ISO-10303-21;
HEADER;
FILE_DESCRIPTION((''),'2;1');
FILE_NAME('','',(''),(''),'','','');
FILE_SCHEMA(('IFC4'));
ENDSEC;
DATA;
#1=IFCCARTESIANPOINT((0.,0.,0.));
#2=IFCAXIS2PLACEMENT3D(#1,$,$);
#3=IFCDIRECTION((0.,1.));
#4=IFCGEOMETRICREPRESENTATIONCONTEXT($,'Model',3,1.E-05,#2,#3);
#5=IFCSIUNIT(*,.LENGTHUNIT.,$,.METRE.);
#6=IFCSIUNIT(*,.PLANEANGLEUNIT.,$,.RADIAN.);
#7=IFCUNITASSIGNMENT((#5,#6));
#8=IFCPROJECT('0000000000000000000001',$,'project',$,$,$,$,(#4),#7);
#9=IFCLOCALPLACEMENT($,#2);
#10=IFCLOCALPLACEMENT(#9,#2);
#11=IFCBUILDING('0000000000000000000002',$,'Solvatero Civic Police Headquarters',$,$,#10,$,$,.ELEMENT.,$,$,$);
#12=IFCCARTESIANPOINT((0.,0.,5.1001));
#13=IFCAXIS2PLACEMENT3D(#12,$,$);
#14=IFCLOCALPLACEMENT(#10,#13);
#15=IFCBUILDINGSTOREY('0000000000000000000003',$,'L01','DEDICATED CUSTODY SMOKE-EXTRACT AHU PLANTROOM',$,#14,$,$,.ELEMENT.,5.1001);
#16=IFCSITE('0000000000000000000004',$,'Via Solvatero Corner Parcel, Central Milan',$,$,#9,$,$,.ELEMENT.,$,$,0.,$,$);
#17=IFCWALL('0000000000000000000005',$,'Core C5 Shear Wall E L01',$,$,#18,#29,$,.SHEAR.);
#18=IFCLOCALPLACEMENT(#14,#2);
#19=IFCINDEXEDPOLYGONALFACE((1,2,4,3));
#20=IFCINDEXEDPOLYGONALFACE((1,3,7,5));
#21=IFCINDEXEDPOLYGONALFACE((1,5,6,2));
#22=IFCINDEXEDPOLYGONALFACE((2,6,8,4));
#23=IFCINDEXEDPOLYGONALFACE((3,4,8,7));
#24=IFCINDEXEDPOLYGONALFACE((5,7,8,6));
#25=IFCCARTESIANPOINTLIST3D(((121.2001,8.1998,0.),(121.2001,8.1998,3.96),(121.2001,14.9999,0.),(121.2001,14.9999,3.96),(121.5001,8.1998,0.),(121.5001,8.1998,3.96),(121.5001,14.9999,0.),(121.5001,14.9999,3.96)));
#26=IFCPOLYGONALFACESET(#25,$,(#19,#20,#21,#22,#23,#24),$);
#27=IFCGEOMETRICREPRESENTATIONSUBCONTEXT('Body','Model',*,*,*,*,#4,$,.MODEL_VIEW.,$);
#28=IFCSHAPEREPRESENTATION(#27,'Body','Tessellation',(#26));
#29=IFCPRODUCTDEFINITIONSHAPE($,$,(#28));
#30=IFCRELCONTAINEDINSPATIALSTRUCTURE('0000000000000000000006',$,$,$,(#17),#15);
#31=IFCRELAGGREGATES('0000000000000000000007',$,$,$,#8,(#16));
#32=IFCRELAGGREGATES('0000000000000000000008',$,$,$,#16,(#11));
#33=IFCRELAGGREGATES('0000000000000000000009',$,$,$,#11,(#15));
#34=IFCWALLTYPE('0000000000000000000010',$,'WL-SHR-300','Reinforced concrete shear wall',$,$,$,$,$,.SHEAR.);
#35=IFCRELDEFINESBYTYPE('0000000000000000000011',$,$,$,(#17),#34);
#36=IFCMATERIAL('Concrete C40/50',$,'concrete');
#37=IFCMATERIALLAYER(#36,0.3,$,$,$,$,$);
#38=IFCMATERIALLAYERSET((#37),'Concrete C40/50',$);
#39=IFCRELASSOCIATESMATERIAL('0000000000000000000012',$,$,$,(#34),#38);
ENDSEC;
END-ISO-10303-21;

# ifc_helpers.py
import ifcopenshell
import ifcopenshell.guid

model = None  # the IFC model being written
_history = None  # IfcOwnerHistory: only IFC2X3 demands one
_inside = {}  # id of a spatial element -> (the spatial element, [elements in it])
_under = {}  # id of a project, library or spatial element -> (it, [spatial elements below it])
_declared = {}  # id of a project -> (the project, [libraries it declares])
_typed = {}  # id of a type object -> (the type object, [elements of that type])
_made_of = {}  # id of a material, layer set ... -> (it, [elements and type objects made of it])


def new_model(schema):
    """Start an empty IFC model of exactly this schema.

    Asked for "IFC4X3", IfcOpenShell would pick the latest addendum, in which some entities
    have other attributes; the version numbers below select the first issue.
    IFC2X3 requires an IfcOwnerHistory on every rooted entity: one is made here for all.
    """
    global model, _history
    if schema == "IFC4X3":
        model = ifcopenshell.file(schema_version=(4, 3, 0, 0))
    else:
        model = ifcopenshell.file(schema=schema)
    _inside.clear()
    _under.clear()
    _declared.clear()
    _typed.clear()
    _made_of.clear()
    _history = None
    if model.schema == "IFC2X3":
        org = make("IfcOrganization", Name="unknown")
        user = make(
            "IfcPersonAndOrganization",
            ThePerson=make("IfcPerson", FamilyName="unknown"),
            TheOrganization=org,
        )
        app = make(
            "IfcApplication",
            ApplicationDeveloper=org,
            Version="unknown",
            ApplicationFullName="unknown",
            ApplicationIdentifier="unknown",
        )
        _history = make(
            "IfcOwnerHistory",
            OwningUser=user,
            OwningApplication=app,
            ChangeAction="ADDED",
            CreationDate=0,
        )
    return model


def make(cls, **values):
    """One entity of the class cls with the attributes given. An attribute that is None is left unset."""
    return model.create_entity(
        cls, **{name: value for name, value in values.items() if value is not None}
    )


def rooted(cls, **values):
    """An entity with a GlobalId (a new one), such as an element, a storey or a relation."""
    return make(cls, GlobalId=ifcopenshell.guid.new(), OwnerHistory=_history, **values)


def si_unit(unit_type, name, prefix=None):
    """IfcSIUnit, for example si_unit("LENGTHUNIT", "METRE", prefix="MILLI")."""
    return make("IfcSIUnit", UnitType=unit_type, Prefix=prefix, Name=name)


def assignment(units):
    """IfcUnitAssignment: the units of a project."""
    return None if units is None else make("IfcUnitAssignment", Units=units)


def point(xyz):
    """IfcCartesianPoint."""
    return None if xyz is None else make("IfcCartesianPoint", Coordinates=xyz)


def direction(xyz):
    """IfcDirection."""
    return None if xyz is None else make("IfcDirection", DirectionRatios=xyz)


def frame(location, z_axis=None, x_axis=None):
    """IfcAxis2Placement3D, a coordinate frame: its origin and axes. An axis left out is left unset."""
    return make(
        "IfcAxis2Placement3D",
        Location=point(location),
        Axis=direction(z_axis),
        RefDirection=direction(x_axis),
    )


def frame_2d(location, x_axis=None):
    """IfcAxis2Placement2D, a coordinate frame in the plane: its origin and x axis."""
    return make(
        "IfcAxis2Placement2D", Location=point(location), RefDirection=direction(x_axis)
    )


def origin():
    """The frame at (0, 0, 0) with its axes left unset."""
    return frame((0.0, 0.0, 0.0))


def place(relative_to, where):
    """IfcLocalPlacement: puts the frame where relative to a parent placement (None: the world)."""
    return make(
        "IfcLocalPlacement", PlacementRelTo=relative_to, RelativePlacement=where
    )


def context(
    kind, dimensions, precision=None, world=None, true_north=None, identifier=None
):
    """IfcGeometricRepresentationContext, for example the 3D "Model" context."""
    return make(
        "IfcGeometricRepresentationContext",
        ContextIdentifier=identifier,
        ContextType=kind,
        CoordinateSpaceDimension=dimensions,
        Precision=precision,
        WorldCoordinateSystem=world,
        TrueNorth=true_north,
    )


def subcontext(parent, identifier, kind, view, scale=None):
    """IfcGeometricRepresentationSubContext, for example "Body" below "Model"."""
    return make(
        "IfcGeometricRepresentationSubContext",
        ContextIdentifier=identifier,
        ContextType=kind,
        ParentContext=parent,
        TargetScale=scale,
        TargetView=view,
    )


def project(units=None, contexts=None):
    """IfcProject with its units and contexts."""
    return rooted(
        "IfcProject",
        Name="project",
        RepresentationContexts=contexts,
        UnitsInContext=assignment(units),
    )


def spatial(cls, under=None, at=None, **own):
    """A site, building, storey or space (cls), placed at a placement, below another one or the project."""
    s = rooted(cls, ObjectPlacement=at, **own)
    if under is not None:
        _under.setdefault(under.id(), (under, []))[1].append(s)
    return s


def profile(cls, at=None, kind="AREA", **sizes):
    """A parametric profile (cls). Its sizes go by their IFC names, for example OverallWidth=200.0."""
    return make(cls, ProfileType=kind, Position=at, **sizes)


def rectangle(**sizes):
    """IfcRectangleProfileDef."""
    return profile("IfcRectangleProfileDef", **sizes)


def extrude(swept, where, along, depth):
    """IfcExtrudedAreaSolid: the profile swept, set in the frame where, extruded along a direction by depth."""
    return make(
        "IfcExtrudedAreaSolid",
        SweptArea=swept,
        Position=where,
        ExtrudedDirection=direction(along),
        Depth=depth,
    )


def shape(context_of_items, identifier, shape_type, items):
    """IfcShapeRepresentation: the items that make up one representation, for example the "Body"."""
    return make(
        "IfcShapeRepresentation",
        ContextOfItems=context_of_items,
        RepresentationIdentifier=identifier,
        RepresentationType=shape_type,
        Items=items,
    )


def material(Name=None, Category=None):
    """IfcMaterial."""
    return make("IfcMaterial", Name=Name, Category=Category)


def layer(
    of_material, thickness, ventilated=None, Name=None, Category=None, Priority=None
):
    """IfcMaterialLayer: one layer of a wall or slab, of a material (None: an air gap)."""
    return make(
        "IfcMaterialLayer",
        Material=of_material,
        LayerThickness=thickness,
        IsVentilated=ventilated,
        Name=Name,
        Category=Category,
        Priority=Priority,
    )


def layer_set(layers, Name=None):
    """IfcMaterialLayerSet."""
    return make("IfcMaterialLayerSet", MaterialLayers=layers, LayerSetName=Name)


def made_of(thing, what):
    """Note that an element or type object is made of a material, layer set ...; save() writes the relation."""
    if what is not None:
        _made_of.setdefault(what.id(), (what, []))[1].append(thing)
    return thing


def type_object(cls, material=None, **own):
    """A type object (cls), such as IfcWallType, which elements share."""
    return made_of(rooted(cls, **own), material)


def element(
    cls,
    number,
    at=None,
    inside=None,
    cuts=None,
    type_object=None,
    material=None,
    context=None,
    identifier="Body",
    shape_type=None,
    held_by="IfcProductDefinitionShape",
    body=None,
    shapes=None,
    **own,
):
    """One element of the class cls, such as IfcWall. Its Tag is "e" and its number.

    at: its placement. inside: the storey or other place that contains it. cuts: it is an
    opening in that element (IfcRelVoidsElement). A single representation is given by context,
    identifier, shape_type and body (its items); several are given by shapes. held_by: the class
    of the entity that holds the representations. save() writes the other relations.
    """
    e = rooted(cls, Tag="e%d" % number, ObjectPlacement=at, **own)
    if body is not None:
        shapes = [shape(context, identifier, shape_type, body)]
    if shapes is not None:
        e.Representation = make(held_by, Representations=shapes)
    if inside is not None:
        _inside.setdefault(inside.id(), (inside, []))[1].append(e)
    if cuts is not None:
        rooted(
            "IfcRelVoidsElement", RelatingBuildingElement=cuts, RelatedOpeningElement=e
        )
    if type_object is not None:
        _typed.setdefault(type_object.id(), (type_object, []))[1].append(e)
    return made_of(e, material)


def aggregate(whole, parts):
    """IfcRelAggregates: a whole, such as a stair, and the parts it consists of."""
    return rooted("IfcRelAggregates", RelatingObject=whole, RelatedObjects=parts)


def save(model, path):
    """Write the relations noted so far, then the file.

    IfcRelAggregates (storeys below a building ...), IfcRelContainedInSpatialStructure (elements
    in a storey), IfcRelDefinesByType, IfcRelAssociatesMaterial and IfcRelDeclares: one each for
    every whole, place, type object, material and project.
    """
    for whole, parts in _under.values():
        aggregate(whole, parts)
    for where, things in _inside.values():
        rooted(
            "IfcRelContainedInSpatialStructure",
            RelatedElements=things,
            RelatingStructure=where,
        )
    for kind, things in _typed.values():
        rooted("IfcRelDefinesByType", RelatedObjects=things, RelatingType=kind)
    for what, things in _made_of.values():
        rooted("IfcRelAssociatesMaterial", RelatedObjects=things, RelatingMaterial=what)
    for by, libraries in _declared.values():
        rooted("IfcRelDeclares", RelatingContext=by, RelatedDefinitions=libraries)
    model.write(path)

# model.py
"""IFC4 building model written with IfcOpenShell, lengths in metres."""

from ifc_helpers import new_model, si_unit, direction, frame, frame_2d, origin, place, context, subcontext, project, spatial, rectangle, extrude, material, layer, layer_set, type_object, element, save


model = new_model("IFC4")

# Units and contexts
model_context = context("Model", 3, precision=1e-05, world=origin(), true_north=direction((0.0, 1.0)))
body_context = subcontext(model_context, "Body", "Model", "MODEL_VIEW")
ifc_project = project(units=[si_unit("LENGTHUNIT", "METRE"), si_unit("PLANEANGLEUNIT", "RADIAN")], contexts=[model_context])

# Site, building, storey
site_placement = place(None, origin())
site = spatial("IfcSite", under=ifc_project, at=site_placement, Name="Via Solvatero Corner Parcel, Central Milan", CompositionType="ELEMENT", RefElevation=0.0)
building_placement = place(site_placement, origin())
building = spatial("IfcBuilding", under=site, at=building_placement, Name="Solvatero Civic Police Headquarters", CompositionType="ELEMENT")
storey_placement = place(building_placement, frame((0.0, 0.0, 5.1001)))
storey = spatial("IfcBuildingStorey", under=building, at=storey_placement, Name="L01", Description="DEDICATED CUSTODY SMOKE-EXTRACT AHU PLANTROOM", CompositionType="ELEMENT", Elevation=5.1001)

# Wall
ifc_material_1 = material(Name="Concrete C40/50", Category="concrete")
ifc_layer_1 = layer(ifc_material_1, 0.3)
ifc_layer_set_1 = layer_set([ifc_layer_1], Name="Concrete C40/50")
wall_type_1 = type_object("IfcWallType", Name="WL-SHR-300", Description="Reinforced concrete shear wall", PredefinedType="SHEAR", material=ifc_layer_set_1)
wall_1_placement = place(storey_placement, frame((121.3501, 8.2, 0.0), z_axis=(0.0, 0.0, 1.0), x_axis=(0.0, 1.0, 0.0)))
element("IfcWall", 1, at=wall_1_placement, inside=storey, type_object=wall_type_1, Name="Core C5 Shear Wall E L01", PredefinedType="SHEAR", context=body_context, shape_type="SweptSolid", body=[
    extrude(rectangle(XDim=6.8, YDim=0.3, at=frame_2d((3.3999, 0.0))), origin(), (0.0, 0.0, 1.0), 3.96),
])

save(model, "model.ifc")
